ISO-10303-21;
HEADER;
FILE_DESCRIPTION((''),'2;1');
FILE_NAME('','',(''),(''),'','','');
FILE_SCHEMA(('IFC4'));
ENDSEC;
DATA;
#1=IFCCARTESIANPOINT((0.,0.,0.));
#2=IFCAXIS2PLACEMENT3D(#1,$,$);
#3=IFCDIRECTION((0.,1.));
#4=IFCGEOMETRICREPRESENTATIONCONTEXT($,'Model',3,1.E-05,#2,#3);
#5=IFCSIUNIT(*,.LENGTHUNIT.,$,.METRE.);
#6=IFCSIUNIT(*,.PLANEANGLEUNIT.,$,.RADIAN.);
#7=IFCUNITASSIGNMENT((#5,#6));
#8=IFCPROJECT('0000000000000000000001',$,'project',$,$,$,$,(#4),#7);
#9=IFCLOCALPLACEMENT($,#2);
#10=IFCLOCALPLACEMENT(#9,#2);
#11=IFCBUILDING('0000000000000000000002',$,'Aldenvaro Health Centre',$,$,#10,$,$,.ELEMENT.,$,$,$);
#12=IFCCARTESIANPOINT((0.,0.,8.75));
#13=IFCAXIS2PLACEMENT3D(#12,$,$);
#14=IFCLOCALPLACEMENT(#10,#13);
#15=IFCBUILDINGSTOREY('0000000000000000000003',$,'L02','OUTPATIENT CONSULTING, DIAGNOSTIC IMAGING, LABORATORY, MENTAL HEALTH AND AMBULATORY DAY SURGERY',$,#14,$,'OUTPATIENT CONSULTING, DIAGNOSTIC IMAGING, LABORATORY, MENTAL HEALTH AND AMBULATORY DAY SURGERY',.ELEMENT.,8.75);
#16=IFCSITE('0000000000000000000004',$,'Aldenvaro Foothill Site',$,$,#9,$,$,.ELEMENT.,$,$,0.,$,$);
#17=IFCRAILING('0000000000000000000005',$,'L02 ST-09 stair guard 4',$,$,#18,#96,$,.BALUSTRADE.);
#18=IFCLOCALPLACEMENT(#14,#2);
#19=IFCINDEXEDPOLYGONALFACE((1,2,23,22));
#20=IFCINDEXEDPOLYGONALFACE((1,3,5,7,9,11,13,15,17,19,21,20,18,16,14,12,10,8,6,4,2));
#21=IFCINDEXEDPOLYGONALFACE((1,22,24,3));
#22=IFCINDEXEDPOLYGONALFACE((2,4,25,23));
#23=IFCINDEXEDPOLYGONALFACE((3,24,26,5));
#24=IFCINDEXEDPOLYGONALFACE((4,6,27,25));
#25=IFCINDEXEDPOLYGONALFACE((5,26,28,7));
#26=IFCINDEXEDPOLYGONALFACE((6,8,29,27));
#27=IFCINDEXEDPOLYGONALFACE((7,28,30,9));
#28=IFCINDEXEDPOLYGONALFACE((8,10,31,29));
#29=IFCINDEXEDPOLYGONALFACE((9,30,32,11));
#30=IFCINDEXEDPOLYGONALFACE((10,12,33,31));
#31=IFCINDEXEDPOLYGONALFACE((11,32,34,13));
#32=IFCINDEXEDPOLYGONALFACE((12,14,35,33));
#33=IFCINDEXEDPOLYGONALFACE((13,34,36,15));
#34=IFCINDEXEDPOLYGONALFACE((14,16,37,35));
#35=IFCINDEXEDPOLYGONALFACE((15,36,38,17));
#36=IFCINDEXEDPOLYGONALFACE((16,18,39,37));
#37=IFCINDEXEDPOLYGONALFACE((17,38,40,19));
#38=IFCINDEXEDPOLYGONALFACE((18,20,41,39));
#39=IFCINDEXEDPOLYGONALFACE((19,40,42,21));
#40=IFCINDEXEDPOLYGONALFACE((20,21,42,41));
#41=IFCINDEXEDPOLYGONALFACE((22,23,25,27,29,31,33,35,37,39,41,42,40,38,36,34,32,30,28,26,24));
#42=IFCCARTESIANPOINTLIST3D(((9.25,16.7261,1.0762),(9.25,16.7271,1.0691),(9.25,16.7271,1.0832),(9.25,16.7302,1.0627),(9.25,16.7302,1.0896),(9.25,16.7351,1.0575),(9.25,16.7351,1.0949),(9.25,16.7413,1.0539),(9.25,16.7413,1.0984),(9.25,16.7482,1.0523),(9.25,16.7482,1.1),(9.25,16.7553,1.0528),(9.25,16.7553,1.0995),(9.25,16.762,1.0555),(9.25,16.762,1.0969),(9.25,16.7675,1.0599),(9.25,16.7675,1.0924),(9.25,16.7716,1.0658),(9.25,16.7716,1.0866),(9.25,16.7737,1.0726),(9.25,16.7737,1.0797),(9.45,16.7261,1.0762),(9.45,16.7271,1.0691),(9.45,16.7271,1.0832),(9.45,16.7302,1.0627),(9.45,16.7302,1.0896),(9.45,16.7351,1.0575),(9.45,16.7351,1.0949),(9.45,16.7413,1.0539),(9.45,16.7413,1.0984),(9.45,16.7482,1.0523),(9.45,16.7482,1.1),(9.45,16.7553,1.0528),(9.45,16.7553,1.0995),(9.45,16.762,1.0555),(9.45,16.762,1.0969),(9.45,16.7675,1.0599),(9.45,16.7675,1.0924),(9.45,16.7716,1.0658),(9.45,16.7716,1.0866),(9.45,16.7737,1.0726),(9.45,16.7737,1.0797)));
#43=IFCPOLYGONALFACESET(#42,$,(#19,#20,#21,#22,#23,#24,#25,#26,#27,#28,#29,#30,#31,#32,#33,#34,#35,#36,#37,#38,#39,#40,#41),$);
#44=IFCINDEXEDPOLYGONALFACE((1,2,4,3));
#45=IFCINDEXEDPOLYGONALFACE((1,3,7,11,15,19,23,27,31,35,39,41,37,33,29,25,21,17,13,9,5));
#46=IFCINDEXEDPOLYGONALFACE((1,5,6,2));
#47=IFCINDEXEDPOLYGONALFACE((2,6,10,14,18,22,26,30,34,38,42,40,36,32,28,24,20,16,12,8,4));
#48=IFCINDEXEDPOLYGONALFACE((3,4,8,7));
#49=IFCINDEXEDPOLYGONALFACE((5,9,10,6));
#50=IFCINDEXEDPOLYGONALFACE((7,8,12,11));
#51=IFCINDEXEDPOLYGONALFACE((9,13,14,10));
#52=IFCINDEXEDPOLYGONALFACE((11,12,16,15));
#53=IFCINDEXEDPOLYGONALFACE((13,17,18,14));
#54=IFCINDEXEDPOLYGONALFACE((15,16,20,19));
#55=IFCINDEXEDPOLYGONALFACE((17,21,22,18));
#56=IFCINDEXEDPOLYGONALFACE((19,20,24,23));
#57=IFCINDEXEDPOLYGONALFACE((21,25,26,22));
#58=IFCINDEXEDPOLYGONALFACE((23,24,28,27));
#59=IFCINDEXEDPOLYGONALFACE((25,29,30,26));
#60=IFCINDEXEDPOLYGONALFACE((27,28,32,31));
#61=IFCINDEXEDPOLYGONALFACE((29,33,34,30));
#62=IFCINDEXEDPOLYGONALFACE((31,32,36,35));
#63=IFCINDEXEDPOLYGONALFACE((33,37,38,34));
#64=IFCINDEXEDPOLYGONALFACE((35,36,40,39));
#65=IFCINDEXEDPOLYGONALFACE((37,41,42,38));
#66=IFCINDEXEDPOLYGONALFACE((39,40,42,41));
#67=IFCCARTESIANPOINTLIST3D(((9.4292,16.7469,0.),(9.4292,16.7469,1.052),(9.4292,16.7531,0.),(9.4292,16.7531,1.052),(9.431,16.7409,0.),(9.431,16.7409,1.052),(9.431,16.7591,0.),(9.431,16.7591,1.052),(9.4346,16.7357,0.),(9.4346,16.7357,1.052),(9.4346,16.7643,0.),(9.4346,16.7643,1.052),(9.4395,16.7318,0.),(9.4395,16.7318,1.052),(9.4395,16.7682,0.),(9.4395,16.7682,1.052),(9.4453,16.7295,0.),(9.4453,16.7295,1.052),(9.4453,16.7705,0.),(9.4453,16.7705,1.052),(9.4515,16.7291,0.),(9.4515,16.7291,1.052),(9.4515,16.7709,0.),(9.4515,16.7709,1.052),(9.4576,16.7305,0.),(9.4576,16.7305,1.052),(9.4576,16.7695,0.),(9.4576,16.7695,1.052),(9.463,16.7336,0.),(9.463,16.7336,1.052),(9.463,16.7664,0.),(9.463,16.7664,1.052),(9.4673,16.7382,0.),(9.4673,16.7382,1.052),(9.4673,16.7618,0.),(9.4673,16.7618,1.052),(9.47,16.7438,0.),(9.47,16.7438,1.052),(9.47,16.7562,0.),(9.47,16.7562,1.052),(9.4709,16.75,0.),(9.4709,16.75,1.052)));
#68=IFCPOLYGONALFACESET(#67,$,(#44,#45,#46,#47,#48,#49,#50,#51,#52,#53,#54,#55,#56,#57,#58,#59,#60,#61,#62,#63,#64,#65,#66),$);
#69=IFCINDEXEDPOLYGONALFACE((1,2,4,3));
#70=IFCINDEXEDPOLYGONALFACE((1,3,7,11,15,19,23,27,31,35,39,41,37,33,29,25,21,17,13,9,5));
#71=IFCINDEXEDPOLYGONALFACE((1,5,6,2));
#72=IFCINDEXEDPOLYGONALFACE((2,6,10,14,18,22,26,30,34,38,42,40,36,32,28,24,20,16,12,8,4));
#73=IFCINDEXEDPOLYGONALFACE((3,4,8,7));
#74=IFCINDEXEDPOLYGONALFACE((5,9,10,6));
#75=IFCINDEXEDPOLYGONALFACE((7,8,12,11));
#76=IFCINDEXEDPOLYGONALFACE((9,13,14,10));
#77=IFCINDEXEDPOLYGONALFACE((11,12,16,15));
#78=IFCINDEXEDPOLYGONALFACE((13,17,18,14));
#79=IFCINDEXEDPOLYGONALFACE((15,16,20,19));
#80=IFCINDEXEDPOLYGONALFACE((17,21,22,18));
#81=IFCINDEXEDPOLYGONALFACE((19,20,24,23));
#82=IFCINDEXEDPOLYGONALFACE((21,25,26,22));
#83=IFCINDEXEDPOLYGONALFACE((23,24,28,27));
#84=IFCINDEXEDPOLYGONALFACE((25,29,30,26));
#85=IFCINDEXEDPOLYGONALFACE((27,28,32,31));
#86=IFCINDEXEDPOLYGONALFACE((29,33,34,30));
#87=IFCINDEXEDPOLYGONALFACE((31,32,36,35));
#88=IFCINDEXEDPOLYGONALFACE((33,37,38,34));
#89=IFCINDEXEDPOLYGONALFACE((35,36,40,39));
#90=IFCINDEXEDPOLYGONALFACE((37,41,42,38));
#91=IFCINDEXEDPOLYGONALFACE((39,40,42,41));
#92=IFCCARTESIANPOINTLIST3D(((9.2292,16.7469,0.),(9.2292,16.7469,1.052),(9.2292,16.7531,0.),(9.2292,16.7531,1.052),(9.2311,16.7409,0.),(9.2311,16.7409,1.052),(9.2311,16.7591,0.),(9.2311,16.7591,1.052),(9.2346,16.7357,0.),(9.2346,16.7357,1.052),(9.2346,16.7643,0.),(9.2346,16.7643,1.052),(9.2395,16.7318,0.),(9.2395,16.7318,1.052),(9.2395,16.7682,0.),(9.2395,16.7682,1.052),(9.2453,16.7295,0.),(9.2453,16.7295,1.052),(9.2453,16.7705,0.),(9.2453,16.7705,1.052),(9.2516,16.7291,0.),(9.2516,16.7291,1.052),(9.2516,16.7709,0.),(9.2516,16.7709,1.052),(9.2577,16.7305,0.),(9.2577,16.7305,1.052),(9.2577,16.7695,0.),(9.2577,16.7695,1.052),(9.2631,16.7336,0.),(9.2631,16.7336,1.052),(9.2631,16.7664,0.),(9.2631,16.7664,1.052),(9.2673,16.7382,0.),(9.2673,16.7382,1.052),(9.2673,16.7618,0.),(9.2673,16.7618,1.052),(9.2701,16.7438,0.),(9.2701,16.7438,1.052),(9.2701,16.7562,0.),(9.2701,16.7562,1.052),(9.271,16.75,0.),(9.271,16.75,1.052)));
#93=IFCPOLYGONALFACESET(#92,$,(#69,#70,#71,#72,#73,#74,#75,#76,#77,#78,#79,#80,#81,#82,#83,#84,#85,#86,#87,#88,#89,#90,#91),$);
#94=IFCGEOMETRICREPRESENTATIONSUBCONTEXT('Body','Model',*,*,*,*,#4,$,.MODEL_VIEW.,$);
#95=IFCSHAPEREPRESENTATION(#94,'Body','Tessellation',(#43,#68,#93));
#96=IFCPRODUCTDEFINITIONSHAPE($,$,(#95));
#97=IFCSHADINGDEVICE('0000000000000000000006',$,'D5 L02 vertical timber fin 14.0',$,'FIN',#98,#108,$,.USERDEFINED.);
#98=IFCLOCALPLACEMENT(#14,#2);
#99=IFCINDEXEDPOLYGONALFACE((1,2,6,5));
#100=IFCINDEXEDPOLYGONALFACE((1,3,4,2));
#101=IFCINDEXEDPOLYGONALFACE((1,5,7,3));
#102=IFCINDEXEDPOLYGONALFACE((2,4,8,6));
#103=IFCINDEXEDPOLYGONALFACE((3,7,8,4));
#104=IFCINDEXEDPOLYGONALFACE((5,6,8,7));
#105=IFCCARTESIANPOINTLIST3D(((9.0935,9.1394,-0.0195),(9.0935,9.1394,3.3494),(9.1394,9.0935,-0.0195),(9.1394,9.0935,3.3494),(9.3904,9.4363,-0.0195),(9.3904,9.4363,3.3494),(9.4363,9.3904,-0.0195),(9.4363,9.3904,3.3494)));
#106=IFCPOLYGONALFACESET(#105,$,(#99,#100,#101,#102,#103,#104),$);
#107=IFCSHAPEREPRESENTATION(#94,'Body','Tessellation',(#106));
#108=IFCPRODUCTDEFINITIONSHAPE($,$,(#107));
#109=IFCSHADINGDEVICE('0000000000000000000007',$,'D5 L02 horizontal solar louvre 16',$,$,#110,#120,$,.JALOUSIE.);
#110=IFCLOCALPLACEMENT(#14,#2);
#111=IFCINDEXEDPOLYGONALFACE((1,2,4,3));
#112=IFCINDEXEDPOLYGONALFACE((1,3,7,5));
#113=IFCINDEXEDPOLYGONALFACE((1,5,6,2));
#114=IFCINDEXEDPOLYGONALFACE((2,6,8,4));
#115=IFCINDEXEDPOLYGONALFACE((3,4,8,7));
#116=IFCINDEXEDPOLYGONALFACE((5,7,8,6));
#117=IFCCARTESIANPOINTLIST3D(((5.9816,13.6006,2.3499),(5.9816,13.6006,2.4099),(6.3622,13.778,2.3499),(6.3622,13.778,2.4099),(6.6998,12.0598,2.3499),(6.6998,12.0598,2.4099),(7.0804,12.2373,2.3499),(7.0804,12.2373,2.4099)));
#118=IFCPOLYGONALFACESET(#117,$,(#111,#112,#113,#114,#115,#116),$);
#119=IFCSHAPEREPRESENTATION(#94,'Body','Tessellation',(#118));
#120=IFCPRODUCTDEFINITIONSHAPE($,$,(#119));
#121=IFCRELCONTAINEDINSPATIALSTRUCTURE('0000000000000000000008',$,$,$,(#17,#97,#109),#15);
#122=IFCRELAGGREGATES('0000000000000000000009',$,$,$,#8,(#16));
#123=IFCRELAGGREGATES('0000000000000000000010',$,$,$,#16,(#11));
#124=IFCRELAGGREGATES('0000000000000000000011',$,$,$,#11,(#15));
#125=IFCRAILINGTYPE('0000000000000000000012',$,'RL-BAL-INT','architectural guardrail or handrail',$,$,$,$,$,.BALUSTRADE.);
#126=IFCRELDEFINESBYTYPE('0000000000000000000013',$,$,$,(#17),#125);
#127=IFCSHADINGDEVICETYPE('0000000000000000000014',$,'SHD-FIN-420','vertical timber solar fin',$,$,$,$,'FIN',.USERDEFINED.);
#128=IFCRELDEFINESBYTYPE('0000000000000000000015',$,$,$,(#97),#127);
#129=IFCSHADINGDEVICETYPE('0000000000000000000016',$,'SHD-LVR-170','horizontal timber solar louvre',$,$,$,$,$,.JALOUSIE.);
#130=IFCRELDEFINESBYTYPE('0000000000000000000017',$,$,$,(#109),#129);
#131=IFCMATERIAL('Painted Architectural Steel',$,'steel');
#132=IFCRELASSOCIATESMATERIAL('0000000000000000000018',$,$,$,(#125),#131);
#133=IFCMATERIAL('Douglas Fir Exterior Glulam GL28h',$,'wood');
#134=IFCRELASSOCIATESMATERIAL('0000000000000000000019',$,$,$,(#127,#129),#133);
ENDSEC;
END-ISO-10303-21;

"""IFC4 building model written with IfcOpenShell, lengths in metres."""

from ifc_helpers import new_model, si_unit, direction, frame, origin, origin_2d, place, context, subcontext, project, spatial, rectangle, circle, extrude, material, type_object, element, save


model = new_model("IFC4")

# Units and contexts
model_context = context("Model", 3, precision=1e-05, world=origin(), true_north=direction((0.0, 1.0)))
body_context = subcontext(model_context, "Body", "Model", "MODEL_VIEW")
ifc_project = project(units=[si_unit("LENGTHUNIT", "METRE"), si_unit("PLANEANGLEUNIT", "RADIAN")], contexts=[model_context])

# Site, building, storey
site_placement = place(None, origin())
site = spatial("IfcSite", under=ifc_project, at=site_placement, Name="Aldenvaro Foothill Site", CompositionType="ELEMENT", RefElevation=0.0)
building_placement = place(site_placement, origin())
building = spatial("IfcBuilding", under=site, at=building_placement, Name="Aldenvaro Health Centre", CompositionType="ELEMENT")
storey_placement = place(building_placement, frame((0.0, 0.0, 8.75)))
storey = spatial("IfcBuildingStorey", under=building, at=storey_placement, Name="L02", Description="OUTPATIENT CONSULTING, DIAGNOSTIC IMAGING, LABORATORY, MENTAL HEALTH AND AMBULATORY DAY SURGERY", LongName="OUTPATIENT CONSULTING, DIAGNOSTIC IMAGING, LABORATORY, MENTAL HEALTH AND AMBULATORY DAY SURGERY", CompositionType="ELEMENT", Elevation=8.75)

# Railing
ifc_material_1 = material(Name="Painted Architectural Steel", Category="steel")
railing_type = type_object("IfcRailingType", Name="RL-BAL-INT", Description="architectural guardrail or handrail", PredefinedType="BALUSTRADE", material=ifc_material_1)
railing_1_placement = place(storey_placement, frame((9.45, 16.75, 0.0)))
element("IfcRailing", 1, at=railing_1_placement, inside=storey, type_object=railing_type, Name="L02 ST-09 stair guard 4", PredefinedType="BALUSTRADE", context=body_context, shape_type="SweptSolid", body=[
    extrude(circle(Radius=0.0239, at=origin_2d()), frame((0.0, 0.0, 1.0762), z_axis=(-1.0, 0.0, 0.0), x_axis=(0.0, -1.0, 0.0)), (0.0, 0.0, 1.0), 0.2),
    extrude(circle(Radius=0.021, at=origin_2d()), origin(), (0.0, 0.0, 1.0), 1.052),
    extrude(circle(Radius=0.021, at=origin_2d()), frame((-0.2, 0.0, 0.0)), (0.0, 0.0, 1.0), 1.052),
])

# Shading devices
ifc_material_2 = material(Name="Douglas Fir Exterior Glulam GL28h", Category="wood")
shading_device_type_1 = type_object("IfcShadingDeviceType", Name="SHD-FIN-420", Description="vertical timber solar fin", ElementType="FIN", PredefinedType="USERDEFINED", material=ifc_material_2)
shading_device_1_placement = place(storey_placement, frame((9.2649, 9.2649, -0.0195), z_axis=(0.0, 0.0, 1.0), x_axis=(-0.707107, 0.707107, 0.0)))
element("IfcShadingDevice", 2, at=shading_device_1_placement, inside=storey, type_object=shading_device_type_1, Name="D5 L02 vertical timber fin 14.0", ObjectType="FIN", PredefinedType="USERDEFINED", context=body_context, shape_type="SweptSolid", body=[
    extrude(rectangle(XDim=0.0649, YDim=0.4199, at=origin_2d()), origin(), (0.0, 0.0, 1.0), 3.3689),
])
shading_device_type_2 = type_object("IfcShadingDeviceType", Name="SHD-LVR-170", Description="horizontal timber solar louvre", PredefinedType="JALOUSIE", material=ifc_material_2)
shading_device_2_placement = place(storey_placement, frame((6.531, 12.9189, 2.3499), z_axis=(0.0, 0.0, 1.0), x_axis=(-0.422496, 0.906365, 0.0)))
element("IfcShadingDevice", 3, at=shading_device_2_placement, inside=storey, type_object=shading_device_type_2, Name="D5 L02 horizontal solar louvre 16", PredefinedType="JALOUSIE", context=body_context, shape_type="SweptSolid", body=[
    extrude(rectangle(XDim=1.7, YDim=0.4199, at=origin_2d()), origin(), (0.0, 0.0, 1.0), 0.0601),
])

save(model, "model.ifc")
